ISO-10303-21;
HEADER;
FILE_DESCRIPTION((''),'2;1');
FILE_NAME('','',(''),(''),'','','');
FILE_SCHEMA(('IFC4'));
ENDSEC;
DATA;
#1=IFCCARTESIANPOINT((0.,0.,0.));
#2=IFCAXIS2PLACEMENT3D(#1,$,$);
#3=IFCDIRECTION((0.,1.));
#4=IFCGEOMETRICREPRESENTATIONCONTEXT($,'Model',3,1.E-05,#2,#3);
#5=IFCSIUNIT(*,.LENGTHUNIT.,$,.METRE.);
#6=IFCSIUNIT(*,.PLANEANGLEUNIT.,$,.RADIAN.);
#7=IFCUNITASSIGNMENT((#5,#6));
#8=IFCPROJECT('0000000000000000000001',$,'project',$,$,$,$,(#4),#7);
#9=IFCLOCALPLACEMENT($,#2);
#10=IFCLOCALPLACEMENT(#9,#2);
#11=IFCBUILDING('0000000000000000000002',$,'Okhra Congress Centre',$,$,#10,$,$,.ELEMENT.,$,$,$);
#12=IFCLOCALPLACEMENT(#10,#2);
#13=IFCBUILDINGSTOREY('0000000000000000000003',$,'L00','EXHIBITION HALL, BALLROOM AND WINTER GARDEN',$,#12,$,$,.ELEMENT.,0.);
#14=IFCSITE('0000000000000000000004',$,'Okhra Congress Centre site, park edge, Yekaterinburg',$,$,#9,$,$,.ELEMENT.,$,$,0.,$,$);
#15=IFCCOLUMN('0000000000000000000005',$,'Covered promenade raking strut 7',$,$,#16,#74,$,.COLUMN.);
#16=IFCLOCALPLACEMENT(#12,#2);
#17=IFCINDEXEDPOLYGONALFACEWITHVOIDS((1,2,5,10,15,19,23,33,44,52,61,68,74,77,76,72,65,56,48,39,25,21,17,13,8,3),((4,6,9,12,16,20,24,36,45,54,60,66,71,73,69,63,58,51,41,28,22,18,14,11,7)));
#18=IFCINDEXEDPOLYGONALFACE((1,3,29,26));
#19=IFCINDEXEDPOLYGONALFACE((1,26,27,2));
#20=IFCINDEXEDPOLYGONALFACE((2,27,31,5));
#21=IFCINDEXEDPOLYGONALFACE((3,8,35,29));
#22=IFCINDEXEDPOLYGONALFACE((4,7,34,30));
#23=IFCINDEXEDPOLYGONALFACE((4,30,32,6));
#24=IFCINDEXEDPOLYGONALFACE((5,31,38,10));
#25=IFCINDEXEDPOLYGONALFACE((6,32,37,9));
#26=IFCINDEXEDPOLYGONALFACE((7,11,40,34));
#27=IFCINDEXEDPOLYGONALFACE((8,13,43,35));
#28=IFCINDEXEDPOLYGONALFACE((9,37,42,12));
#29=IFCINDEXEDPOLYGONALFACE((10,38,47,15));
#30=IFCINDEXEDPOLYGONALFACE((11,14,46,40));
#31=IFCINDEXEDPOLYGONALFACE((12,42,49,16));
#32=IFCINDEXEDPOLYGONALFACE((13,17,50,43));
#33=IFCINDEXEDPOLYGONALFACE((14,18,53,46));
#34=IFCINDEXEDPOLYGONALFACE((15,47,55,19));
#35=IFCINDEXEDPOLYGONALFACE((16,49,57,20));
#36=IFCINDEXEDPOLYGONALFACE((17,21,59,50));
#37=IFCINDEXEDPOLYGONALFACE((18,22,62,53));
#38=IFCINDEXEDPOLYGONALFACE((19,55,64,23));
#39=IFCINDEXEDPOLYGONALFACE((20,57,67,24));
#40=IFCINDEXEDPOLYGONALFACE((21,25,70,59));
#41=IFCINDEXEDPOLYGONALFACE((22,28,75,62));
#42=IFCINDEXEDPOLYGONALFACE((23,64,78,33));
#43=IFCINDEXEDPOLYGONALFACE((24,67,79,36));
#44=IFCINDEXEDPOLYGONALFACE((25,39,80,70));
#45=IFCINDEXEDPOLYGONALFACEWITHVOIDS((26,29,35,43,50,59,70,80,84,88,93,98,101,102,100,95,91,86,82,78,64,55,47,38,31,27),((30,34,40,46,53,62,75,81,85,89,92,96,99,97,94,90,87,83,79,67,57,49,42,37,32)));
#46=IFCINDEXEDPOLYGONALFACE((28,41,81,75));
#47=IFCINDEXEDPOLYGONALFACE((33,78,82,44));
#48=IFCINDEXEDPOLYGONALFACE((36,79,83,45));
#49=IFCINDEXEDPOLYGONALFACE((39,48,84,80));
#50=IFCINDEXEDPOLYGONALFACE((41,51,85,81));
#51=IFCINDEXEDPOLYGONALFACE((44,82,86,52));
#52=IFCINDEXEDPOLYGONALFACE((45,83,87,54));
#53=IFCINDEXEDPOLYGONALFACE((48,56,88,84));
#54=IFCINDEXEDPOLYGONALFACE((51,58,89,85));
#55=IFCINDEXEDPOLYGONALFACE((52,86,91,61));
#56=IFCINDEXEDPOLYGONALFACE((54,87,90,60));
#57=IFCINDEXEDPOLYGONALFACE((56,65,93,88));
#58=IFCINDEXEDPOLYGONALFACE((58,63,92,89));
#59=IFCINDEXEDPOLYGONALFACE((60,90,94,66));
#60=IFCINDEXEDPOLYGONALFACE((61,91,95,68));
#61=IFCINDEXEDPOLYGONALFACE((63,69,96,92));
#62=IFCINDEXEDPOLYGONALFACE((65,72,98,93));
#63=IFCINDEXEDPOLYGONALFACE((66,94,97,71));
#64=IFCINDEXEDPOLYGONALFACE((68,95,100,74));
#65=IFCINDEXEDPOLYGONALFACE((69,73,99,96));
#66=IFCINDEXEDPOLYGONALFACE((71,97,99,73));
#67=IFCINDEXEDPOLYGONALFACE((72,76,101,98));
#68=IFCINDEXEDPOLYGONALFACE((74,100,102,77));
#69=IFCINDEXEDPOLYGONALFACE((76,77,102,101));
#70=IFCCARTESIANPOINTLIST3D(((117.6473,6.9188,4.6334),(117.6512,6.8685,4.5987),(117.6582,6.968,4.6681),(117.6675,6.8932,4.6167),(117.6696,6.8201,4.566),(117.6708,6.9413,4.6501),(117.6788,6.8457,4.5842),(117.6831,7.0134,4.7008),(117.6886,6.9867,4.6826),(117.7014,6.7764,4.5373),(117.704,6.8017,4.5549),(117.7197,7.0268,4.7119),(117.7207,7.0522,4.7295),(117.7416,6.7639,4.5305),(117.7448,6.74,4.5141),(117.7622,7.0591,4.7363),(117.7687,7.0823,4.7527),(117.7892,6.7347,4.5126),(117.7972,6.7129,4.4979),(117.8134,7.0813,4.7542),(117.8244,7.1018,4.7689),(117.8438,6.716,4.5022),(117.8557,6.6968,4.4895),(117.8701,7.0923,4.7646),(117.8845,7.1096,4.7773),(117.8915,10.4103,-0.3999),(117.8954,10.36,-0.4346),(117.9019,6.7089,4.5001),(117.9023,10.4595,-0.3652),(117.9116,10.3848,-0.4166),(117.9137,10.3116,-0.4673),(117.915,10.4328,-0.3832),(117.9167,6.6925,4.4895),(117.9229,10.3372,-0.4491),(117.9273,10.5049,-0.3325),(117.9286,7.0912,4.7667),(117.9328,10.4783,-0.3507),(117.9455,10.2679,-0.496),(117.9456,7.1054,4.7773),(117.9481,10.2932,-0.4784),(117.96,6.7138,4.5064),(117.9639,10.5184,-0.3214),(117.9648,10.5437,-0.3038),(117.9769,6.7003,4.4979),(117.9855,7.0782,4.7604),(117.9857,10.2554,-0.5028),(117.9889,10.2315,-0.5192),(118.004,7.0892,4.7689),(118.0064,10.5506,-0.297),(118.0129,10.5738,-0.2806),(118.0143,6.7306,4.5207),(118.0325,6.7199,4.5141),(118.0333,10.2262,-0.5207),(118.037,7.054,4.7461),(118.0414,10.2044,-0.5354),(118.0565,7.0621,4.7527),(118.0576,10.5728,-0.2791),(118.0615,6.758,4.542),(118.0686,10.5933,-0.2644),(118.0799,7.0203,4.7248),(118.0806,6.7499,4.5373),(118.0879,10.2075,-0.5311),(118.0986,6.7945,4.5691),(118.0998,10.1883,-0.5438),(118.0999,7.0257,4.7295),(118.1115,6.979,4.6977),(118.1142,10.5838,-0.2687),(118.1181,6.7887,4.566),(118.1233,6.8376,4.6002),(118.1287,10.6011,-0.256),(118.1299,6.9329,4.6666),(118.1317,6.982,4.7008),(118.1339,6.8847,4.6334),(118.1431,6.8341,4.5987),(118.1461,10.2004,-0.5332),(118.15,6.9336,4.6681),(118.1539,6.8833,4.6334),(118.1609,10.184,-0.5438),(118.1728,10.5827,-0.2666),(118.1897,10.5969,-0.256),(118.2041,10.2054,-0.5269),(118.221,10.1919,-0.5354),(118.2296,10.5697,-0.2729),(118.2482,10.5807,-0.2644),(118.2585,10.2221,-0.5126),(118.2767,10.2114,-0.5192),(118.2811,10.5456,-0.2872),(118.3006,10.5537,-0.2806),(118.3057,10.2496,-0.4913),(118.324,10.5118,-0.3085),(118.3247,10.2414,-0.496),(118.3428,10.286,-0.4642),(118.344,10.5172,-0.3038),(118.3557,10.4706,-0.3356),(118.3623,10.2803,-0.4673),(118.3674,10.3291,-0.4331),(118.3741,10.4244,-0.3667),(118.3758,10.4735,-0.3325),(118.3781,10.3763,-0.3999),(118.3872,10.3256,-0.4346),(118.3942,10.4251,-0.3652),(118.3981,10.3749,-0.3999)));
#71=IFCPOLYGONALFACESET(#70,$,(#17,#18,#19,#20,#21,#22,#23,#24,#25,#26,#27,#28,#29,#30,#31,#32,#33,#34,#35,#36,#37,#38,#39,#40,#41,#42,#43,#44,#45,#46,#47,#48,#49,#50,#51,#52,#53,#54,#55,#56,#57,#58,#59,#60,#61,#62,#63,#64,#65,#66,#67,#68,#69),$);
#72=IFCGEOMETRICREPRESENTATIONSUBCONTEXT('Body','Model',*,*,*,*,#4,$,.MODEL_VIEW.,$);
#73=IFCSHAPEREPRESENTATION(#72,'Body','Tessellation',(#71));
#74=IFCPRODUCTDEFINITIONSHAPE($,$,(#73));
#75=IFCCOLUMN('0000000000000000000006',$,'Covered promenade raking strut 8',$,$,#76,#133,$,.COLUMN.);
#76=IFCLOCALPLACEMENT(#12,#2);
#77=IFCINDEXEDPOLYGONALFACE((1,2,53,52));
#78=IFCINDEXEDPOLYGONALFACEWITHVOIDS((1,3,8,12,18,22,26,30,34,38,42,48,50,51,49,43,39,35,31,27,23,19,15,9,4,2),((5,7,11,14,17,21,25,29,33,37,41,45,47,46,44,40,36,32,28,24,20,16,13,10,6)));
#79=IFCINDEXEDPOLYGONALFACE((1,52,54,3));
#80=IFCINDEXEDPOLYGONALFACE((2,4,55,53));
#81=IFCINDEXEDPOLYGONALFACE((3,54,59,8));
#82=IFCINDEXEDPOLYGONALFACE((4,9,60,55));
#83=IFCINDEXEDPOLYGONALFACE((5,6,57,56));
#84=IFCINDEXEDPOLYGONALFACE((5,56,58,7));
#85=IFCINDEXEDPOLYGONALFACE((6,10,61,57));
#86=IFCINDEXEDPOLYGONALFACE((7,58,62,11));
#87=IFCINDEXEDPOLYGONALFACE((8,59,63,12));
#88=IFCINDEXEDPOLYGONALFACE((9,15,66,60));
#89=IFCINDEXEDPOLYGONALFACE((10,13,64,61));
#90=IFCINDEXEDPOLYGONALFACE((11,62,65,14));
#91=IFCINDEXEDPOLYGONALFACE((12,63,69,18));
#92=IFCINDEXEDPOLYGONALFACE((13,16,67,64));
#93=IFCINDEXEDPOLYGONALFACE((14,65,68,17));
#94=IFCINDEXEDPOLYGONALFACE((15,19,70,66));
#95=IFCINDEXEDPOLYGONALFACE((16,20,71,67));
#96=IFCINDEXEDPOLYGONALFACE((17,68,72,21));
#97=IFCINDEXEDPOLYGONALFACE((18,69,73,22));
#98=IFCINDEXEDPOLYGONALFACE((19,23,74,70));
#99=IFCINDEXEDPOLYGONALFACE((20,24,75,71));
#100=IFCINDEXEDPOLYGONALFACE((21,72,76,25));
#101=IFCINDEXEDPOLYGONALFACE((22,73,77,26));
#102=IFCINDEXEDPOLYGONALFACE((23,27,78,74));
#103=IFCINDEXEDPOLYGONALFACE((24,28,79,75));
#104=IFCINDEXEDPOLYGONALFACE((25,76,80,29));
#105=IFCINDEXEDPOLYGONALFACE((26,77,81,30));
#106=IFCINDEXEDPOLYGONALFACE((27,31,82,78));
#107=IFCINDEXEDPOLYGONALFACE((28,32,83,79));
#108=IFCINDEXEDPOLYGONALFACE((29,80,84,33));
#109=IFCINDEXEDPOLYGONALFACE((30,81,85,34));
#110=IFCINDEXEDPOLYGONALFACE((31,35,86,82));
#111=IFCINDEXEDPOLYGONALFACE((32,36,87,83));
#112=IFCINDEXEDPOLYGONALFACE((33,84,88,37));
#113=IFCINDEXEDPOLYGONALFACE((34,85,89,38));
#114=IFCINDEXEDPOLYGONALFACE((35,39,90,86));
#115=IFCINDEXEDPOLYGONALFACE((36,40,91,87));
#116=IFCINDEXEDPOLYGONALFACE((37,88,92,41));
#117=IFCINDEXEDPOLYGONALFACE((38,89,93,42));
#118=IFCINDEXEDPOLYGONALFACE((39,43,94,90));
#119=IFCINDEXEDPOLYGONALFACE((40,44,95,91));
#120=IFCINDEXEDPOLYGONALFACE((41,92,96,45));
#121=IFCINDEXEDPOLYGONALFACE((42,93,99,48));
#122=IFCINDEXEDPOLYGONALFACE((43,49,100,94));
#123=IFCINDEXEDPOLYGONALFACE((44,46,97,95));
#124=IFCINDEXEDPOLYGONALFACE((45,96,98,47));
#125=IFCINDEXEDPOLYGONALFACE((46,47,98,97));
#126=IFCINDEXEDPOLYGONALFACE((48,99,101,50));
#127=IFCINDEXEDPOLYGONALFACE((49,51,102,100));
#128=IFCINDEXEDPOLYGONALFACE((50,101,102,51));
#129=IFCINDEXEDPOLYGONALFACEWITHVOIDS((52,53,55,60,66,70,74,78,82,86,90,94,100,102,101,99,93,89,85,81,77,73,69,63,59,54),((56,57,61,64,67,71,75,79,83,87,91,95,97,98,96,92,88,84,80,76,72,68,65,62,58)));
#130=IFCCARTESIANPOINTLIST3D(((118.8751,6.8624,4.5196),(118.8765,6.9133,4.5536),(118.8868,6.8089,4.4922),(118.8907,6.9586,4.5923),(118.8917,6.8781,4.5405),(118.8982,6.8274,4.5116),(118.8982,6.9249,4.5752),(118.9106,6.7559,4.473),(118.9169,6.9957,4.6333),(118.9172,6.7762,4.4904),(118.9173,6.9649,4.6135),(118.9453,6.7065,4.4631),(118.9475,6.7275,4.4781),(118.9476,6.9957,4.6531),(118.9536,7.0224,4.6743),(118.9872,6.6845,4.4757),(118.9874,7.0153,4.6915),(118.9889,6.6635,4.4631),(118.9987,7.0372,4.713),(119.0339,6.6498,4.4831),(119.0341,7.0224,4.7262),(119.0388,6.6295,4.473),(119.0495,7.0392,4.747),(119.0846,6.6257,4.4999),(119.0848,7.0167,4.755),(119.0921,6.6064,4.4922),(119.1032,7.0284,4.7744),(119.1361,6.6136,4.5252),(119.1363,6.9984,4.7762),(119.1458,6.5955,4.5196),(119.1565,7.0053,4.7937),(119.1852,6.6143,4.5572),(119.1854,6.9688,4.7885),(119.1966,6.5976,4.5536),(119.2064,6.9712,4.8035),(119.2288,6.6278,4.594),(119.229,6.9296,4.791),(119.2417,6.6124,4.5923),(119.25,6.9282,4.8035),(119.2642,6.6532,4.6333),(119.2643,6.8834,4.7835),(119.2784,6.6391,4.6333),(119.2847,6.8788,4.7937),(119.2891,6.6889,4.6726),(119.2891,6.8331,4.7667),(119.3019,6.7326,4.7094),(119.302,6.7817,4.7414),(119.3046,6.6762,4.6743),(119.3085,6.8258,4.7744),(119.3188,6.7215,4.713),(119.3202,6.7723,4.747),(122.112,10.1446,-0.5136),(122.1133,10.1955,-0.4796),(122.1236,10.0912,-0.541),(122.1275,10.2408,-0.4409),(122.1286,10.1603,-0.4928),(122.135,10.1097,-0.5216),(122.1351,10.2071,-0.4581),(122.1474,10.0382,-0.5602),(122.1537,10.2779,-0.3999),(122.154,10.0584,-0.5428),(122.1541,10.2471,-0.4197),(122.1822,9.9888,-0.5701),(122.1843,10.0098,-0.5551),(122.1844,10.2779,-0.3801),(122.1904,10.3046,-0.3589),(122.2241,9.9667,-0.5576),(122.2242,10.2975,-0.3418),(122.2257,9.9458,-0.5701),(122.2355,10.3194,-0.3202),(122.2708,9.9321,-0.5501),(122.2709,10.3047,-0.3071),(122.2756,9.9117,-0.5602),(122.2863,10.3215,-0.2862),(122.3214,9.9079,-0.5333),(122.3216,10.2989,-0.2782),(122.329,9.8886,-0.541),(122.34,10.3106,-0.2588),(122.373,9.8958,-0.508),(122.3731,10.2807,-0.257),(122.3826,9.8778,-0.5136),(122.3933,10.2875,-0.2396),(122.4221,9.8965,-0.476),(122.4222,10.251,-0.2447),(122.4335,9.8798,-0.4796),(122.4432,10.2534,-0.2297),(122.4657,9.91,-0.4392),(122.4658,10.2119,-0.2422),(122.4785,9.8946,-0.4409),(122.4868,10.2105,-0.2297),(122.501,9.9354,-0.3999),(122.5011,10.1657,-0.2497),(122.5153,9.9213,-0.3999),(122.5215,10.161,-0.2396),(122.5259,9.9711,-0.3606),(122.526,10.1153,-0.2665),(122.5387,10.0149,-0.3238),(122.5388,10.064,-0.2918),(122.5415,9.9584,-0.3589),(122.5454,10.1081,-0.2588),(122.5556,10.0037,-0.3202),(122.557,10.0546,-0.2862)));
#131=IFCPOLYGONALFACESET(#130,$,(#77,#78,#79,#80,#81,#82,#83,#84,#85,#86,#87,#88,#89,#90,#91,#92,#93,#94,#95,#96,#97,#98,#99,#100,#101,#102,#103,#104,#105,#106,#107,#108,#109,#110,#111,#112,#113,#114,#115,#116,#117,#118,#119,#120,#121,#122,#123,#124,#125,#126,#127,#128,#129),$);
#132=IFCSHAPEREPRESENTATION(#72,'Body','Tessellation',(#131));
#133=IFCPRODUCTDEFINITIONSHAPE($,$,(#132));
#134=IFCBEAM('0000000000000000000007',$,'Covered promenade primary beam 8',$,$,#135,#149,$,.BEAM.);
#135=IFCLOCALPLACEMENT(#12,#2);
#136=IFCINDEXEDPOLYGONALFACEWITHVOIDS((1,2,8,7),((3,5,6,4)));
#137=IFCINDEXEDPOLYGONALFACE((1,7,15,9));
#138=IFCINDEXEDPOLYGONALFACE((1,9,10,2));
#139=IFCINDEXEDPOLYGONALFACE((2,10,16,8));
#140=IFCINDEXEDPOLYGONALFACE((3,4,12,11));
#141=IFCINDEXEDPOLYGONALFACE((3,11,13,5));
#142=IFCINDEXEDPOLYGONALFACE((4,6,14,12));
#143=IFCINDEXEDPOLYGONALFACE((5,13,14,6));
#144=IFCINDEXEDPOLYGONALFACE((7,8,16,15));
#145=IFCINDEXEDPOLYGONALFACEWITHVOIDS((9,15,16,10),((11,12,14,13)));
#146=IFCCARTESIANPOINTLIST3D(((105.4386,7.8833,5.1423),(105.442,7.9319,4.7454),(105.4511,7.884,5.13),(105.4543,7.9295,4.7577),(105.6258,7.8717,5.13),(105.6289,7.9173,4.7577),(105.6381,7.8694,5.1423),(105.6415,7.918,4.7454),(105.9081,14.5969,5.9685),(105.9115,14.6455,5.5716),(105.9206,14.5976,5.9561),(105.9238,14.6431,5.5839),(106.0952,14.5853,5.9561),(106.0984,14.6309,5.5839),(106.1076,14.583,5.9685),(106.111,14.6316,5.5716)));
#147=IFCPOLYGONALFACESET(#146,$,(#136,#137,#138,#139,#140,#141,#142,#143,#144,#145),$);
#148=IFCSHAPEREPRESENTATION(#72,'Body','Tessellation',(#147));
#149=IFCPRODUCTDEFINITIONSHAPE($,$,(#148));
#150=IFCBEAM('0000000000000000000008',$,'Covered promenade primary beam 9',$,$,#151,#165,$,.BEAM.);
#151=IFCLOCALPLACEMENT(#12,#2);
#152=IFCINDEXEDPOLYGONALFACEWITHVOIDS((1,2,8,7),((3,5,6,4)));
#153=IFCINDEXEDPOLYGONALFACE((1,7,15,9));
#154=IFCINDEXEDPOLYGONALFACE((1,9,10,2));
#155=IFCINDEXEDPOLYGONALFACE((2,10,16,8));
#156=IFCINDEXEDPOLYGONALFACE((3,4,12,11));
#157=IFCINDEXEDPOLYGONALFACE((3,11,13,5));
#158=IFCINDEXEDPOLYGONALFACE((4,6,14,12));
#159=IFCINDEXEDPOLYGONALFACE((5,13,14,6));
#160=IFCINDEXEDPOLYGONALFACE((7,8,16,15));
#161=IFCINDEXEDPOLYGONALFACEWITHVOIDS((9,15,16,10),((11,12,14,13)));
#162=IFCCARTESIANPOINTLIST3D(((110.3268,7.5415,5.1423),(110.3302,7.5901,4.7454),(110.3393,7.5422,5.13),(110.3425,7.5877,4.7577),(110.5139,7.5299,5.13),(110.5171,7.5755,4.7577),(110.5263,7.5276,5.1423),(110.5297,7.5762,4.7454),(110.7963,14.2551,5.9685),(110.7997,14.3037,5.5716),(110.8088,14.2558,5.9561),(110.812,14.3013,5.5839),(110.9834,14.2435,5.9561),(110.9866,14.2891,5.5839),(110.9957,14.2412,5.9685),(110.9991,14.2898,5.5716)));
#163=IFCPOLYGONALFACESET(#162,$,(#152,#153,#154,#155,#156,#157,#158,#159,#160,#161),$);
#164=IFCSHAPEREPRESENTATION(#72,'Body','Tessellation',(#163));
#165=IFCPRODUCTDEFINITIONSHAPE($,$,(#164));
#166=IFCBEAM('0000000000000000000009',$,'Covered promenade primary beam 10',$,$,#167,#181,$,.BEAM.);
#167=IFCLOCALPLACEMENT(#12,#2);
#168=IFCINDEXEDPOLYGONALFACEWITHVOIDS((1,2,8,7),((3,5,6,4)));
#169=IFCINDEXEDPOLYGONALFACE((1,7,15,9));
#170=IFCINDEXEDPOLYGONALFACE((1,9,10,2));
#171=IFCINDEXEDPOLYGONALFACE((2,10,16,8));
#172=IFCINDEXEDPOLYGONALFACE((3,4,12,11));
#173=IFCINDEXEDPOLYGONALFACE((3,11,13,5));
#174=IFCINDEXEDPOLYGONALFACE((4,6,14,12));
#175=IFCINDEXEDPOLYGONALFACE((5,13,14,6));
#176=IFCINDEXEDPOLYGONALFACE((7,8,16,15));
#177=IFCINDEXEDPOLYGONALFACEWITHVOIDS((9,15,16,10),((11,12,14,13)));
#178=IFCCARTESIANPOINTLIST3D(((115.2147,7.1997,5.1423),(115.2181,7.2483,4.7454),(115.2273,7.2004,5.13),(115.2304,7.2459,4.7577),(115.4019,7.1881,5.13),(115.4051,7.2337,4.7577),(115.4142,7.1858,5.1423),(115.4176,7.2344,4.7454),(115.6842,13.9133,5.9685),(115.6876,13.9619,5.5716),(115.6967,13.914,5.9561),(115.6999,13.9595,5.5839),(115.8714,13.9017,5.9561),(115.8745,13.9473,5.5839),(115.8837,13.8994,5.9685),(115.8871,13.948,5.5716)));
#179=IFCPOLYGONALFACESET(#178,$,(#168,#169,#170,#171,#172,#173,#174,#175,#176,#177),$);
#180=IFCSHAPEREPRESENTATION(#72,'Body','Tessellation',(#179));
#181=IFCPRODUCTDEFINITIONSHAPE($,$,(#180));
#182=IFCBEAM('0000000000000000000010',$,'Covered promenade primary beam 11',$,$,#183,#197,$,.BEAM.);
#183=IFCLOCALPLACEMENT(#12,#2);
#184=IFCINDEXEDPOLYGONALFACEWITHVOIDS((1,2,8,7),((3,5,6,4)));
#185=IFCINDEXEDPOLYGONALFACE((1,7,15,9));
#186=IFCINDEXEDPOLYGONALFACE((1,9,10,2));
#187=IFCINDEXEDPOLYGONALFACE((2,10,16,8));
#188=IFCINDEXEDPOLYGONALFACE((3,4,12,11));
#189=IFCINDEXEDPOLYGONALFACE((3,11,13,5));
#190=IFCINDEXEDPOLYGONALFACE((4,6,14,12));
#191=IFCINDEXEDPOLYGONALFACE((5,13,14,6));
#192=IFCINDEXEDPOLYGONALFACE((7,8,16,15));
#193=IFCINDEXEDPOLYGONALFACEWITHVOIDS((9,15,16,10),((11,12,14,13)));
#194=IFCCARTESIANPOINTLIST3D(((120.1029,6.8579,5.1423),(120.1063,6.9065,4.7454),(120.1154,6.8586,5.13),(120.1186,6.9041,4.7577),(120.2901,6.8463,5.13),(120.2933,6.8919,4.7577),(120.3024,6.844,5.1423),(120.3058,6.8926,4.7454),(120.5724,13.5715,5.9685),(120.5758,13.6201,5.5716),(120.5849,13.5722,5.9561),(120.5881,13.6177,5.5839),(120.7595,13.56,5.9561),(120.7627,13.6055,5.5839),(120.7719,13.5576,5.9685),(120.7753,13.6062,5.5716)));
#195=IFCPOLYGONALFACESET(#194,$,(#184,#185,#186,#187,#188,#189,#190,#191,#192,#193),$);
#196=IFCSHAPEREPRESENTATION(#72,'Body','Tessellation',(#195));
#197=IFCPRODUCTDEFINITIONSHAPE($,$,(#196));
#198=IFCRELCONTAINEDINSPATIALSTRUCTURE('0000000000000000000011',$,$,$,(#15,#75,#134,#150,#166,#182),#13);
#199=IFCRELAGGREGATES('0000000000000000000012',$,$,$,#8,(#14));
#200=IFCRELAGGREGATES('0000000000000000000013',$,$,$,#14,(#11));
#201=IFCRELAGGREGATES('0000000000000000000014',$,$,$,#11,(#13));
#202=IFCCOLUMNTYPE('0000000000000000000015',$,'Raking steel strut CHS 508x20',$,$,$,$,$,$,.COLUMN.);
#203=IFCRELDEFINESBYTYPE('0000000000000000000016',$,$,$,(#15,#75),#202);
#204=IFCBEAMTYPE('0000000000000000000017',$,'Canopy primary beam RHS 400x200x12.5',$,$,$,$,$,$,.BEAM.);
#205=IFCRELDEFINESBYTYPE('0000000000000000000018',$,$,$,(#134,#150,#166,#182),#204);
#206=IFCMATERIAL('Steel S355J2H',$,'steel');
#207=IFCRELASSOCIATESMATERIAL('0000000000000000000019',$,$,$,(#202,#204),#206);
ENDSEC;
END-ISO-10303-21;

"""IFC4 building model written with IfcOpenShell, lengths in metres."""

from ifc_helpers import new_model, si_unit, direction, frame, origin, origin_2d, place, context, subcontext, project, spatial, hollow_rectangle, hollow_circle, extrude, material, material_profile, profile_set, type_object, element, save


model = new_model("IFC4")

# Units and contexts
model_context = context("Model", 3, precision=1e-05, world=origin(), true_north=direction((0.0, 1.0)))
body_context = subcontext(model_context, "Body", "Model", "MODEL_VIEW")
ifc_project = project(units=[si_unit("LENGTHUNIT", "METRE"), si_unit("PLANEANGLEUNIT", "RADIAN")], contexts=[model_context])

# Site, building, storey
site_placement = place(None, origin())
site = spatial("IfcSite", under=ifc_project, at=site_placement, Name="Okhra Congress Centre site, park edge, Yekaterinburg", CompositionType="ELEMENT", RefElevation=0.0)
building_placement = place(site_placement, origin())
building = spatial("IfcBuilding", under=site, at=building_placement, Name="Okhra Congress Centre", CompositionType="ELEMENT")
storey_placement = place(building_placement, origin())
storey = spatial("IfcBuildingStorey", under=building, at=storey_placement, Name="L00", Description="EXHIBITION HALL, BALLROOM AND WINTER GARDEN", CompositionType="ELEMENT", Elevation=0.0)

# Columns
ifc_material_1 = material(Name="Steel S355J2H", Category="steel")
ifc_material_profile_1 = material_profile(ifc_material_1, hollow_circle(Radius=0.2539, WallThickness=0.02, at=origin_2d()), Name="CHS 508x20")
ifc_profile_set_1 = profile_set([ifc_material_profile_1], Name="Steel S355J2H")
column_type = type_object("IfcColumnType", Name="Raking steel strut CHS 508x20", PredefinedType="COLUMN", material=ifc_profile_set_1)
column_1_placement = place(storey_placement, frame((118.1448, 10.3926, -0.3999), z_axis=(-0.039824, -0.569522, 0.821011), x_axis=(0.997564, -0.069755, 0.0)))
element("IfcColumn", 1, at=column_1_placement, inside=storey, type_object=column_type, Name="Covered promenade raking strut 7", PredefinedType="COLUMN", context=body_context, shape_type="SweptSolid", body=[
    extrude(hollow_circle(Radius=0.2539, WallThickness=0.02, at=origin_2d()), origin(), (0.0, 0.0, 1.0), 6.1306),
])
column_2_placement = place(storey_placement, frame((122.3345, 10.0996, -0.3999), z_axis=(-0.474246, -0.480899, 0.737446), x_axis=(0.712015, -0.702164, 0.0)))
element("IfcColumn", 2, at=column_2_placement, inside=storey, type_object=column_type, Name="Covered promenade raking strut 8", PredefinedType="COLUMN", context=body_context, shape_type="SweptSolid", body=[
    extrude(hollow_circle(Radius=0.2539, WallThickness=0.02, at=origin_2d()), origin(), (0.0, 0.0, 1.0), 6.8252),
])

# Beams
ifc_material_profile_2 = material_profile(ifc_material_1, hollow_rectangle(XDim=0.2, YDim=0.3999, WallThickness=0.0125, at=origin_2d()), Name="RHS 400x200x12.5")
ifc_profile_set_2 = profile_set([ifc_material_profile_2], Name="Steel S355J2H")
beam_type_1 = type_object("IfcBeamType", Name="Canopy primary beam RHS 400x200x12.5", PredefinedType="BEAM", material=ifc_profile_set_2)
for number, where, z_axis, x_axis, name in (
    (3, (105.54, 7.9006, 4.9438), (0.06924, 0.990131, 0.121845), (-0.997564, 0.069759, 0.0), "Covered promenade primary beam 8"),
    (4, (110.4282, 7.5588, 4.9438), (0.06924, 0.990131, 0.121845), (-0.997564, 0.069759, 0.0), "Covered promenade primary beam 9"),
    (5, (115.3162, 7.217, 4.9438), (0.06924, 0.990131, 0.121845), (-0.997564, 0.069759, 0.0), "Covered promenade primary beam 10"),
    (6, (120.2043, 6.8752, 4.9438), (0.06924, 0.990131, 0.121845), (-0.997564, 0.069759, 0.0), "Covered promenade primary beam 11"),
):
    element("IfcBeam", number, at=place(storey_placement, frame(where, z_axis=z_axis, x_axis=x_axis)), inside=storey, type_object=beam_type_1, Name=name, PredefinedType="BEAM", context=body_context, shape_type="SweptSolid", body=[
        extrude(hollow_rectangle(XDim=0.2, YDim=0.3999, WallThickness=0.0125, at=origin_2d()), origin(), (0.0, 0.0, 1.0), 6.7805),
    ])

save(model, "model.ifc")
